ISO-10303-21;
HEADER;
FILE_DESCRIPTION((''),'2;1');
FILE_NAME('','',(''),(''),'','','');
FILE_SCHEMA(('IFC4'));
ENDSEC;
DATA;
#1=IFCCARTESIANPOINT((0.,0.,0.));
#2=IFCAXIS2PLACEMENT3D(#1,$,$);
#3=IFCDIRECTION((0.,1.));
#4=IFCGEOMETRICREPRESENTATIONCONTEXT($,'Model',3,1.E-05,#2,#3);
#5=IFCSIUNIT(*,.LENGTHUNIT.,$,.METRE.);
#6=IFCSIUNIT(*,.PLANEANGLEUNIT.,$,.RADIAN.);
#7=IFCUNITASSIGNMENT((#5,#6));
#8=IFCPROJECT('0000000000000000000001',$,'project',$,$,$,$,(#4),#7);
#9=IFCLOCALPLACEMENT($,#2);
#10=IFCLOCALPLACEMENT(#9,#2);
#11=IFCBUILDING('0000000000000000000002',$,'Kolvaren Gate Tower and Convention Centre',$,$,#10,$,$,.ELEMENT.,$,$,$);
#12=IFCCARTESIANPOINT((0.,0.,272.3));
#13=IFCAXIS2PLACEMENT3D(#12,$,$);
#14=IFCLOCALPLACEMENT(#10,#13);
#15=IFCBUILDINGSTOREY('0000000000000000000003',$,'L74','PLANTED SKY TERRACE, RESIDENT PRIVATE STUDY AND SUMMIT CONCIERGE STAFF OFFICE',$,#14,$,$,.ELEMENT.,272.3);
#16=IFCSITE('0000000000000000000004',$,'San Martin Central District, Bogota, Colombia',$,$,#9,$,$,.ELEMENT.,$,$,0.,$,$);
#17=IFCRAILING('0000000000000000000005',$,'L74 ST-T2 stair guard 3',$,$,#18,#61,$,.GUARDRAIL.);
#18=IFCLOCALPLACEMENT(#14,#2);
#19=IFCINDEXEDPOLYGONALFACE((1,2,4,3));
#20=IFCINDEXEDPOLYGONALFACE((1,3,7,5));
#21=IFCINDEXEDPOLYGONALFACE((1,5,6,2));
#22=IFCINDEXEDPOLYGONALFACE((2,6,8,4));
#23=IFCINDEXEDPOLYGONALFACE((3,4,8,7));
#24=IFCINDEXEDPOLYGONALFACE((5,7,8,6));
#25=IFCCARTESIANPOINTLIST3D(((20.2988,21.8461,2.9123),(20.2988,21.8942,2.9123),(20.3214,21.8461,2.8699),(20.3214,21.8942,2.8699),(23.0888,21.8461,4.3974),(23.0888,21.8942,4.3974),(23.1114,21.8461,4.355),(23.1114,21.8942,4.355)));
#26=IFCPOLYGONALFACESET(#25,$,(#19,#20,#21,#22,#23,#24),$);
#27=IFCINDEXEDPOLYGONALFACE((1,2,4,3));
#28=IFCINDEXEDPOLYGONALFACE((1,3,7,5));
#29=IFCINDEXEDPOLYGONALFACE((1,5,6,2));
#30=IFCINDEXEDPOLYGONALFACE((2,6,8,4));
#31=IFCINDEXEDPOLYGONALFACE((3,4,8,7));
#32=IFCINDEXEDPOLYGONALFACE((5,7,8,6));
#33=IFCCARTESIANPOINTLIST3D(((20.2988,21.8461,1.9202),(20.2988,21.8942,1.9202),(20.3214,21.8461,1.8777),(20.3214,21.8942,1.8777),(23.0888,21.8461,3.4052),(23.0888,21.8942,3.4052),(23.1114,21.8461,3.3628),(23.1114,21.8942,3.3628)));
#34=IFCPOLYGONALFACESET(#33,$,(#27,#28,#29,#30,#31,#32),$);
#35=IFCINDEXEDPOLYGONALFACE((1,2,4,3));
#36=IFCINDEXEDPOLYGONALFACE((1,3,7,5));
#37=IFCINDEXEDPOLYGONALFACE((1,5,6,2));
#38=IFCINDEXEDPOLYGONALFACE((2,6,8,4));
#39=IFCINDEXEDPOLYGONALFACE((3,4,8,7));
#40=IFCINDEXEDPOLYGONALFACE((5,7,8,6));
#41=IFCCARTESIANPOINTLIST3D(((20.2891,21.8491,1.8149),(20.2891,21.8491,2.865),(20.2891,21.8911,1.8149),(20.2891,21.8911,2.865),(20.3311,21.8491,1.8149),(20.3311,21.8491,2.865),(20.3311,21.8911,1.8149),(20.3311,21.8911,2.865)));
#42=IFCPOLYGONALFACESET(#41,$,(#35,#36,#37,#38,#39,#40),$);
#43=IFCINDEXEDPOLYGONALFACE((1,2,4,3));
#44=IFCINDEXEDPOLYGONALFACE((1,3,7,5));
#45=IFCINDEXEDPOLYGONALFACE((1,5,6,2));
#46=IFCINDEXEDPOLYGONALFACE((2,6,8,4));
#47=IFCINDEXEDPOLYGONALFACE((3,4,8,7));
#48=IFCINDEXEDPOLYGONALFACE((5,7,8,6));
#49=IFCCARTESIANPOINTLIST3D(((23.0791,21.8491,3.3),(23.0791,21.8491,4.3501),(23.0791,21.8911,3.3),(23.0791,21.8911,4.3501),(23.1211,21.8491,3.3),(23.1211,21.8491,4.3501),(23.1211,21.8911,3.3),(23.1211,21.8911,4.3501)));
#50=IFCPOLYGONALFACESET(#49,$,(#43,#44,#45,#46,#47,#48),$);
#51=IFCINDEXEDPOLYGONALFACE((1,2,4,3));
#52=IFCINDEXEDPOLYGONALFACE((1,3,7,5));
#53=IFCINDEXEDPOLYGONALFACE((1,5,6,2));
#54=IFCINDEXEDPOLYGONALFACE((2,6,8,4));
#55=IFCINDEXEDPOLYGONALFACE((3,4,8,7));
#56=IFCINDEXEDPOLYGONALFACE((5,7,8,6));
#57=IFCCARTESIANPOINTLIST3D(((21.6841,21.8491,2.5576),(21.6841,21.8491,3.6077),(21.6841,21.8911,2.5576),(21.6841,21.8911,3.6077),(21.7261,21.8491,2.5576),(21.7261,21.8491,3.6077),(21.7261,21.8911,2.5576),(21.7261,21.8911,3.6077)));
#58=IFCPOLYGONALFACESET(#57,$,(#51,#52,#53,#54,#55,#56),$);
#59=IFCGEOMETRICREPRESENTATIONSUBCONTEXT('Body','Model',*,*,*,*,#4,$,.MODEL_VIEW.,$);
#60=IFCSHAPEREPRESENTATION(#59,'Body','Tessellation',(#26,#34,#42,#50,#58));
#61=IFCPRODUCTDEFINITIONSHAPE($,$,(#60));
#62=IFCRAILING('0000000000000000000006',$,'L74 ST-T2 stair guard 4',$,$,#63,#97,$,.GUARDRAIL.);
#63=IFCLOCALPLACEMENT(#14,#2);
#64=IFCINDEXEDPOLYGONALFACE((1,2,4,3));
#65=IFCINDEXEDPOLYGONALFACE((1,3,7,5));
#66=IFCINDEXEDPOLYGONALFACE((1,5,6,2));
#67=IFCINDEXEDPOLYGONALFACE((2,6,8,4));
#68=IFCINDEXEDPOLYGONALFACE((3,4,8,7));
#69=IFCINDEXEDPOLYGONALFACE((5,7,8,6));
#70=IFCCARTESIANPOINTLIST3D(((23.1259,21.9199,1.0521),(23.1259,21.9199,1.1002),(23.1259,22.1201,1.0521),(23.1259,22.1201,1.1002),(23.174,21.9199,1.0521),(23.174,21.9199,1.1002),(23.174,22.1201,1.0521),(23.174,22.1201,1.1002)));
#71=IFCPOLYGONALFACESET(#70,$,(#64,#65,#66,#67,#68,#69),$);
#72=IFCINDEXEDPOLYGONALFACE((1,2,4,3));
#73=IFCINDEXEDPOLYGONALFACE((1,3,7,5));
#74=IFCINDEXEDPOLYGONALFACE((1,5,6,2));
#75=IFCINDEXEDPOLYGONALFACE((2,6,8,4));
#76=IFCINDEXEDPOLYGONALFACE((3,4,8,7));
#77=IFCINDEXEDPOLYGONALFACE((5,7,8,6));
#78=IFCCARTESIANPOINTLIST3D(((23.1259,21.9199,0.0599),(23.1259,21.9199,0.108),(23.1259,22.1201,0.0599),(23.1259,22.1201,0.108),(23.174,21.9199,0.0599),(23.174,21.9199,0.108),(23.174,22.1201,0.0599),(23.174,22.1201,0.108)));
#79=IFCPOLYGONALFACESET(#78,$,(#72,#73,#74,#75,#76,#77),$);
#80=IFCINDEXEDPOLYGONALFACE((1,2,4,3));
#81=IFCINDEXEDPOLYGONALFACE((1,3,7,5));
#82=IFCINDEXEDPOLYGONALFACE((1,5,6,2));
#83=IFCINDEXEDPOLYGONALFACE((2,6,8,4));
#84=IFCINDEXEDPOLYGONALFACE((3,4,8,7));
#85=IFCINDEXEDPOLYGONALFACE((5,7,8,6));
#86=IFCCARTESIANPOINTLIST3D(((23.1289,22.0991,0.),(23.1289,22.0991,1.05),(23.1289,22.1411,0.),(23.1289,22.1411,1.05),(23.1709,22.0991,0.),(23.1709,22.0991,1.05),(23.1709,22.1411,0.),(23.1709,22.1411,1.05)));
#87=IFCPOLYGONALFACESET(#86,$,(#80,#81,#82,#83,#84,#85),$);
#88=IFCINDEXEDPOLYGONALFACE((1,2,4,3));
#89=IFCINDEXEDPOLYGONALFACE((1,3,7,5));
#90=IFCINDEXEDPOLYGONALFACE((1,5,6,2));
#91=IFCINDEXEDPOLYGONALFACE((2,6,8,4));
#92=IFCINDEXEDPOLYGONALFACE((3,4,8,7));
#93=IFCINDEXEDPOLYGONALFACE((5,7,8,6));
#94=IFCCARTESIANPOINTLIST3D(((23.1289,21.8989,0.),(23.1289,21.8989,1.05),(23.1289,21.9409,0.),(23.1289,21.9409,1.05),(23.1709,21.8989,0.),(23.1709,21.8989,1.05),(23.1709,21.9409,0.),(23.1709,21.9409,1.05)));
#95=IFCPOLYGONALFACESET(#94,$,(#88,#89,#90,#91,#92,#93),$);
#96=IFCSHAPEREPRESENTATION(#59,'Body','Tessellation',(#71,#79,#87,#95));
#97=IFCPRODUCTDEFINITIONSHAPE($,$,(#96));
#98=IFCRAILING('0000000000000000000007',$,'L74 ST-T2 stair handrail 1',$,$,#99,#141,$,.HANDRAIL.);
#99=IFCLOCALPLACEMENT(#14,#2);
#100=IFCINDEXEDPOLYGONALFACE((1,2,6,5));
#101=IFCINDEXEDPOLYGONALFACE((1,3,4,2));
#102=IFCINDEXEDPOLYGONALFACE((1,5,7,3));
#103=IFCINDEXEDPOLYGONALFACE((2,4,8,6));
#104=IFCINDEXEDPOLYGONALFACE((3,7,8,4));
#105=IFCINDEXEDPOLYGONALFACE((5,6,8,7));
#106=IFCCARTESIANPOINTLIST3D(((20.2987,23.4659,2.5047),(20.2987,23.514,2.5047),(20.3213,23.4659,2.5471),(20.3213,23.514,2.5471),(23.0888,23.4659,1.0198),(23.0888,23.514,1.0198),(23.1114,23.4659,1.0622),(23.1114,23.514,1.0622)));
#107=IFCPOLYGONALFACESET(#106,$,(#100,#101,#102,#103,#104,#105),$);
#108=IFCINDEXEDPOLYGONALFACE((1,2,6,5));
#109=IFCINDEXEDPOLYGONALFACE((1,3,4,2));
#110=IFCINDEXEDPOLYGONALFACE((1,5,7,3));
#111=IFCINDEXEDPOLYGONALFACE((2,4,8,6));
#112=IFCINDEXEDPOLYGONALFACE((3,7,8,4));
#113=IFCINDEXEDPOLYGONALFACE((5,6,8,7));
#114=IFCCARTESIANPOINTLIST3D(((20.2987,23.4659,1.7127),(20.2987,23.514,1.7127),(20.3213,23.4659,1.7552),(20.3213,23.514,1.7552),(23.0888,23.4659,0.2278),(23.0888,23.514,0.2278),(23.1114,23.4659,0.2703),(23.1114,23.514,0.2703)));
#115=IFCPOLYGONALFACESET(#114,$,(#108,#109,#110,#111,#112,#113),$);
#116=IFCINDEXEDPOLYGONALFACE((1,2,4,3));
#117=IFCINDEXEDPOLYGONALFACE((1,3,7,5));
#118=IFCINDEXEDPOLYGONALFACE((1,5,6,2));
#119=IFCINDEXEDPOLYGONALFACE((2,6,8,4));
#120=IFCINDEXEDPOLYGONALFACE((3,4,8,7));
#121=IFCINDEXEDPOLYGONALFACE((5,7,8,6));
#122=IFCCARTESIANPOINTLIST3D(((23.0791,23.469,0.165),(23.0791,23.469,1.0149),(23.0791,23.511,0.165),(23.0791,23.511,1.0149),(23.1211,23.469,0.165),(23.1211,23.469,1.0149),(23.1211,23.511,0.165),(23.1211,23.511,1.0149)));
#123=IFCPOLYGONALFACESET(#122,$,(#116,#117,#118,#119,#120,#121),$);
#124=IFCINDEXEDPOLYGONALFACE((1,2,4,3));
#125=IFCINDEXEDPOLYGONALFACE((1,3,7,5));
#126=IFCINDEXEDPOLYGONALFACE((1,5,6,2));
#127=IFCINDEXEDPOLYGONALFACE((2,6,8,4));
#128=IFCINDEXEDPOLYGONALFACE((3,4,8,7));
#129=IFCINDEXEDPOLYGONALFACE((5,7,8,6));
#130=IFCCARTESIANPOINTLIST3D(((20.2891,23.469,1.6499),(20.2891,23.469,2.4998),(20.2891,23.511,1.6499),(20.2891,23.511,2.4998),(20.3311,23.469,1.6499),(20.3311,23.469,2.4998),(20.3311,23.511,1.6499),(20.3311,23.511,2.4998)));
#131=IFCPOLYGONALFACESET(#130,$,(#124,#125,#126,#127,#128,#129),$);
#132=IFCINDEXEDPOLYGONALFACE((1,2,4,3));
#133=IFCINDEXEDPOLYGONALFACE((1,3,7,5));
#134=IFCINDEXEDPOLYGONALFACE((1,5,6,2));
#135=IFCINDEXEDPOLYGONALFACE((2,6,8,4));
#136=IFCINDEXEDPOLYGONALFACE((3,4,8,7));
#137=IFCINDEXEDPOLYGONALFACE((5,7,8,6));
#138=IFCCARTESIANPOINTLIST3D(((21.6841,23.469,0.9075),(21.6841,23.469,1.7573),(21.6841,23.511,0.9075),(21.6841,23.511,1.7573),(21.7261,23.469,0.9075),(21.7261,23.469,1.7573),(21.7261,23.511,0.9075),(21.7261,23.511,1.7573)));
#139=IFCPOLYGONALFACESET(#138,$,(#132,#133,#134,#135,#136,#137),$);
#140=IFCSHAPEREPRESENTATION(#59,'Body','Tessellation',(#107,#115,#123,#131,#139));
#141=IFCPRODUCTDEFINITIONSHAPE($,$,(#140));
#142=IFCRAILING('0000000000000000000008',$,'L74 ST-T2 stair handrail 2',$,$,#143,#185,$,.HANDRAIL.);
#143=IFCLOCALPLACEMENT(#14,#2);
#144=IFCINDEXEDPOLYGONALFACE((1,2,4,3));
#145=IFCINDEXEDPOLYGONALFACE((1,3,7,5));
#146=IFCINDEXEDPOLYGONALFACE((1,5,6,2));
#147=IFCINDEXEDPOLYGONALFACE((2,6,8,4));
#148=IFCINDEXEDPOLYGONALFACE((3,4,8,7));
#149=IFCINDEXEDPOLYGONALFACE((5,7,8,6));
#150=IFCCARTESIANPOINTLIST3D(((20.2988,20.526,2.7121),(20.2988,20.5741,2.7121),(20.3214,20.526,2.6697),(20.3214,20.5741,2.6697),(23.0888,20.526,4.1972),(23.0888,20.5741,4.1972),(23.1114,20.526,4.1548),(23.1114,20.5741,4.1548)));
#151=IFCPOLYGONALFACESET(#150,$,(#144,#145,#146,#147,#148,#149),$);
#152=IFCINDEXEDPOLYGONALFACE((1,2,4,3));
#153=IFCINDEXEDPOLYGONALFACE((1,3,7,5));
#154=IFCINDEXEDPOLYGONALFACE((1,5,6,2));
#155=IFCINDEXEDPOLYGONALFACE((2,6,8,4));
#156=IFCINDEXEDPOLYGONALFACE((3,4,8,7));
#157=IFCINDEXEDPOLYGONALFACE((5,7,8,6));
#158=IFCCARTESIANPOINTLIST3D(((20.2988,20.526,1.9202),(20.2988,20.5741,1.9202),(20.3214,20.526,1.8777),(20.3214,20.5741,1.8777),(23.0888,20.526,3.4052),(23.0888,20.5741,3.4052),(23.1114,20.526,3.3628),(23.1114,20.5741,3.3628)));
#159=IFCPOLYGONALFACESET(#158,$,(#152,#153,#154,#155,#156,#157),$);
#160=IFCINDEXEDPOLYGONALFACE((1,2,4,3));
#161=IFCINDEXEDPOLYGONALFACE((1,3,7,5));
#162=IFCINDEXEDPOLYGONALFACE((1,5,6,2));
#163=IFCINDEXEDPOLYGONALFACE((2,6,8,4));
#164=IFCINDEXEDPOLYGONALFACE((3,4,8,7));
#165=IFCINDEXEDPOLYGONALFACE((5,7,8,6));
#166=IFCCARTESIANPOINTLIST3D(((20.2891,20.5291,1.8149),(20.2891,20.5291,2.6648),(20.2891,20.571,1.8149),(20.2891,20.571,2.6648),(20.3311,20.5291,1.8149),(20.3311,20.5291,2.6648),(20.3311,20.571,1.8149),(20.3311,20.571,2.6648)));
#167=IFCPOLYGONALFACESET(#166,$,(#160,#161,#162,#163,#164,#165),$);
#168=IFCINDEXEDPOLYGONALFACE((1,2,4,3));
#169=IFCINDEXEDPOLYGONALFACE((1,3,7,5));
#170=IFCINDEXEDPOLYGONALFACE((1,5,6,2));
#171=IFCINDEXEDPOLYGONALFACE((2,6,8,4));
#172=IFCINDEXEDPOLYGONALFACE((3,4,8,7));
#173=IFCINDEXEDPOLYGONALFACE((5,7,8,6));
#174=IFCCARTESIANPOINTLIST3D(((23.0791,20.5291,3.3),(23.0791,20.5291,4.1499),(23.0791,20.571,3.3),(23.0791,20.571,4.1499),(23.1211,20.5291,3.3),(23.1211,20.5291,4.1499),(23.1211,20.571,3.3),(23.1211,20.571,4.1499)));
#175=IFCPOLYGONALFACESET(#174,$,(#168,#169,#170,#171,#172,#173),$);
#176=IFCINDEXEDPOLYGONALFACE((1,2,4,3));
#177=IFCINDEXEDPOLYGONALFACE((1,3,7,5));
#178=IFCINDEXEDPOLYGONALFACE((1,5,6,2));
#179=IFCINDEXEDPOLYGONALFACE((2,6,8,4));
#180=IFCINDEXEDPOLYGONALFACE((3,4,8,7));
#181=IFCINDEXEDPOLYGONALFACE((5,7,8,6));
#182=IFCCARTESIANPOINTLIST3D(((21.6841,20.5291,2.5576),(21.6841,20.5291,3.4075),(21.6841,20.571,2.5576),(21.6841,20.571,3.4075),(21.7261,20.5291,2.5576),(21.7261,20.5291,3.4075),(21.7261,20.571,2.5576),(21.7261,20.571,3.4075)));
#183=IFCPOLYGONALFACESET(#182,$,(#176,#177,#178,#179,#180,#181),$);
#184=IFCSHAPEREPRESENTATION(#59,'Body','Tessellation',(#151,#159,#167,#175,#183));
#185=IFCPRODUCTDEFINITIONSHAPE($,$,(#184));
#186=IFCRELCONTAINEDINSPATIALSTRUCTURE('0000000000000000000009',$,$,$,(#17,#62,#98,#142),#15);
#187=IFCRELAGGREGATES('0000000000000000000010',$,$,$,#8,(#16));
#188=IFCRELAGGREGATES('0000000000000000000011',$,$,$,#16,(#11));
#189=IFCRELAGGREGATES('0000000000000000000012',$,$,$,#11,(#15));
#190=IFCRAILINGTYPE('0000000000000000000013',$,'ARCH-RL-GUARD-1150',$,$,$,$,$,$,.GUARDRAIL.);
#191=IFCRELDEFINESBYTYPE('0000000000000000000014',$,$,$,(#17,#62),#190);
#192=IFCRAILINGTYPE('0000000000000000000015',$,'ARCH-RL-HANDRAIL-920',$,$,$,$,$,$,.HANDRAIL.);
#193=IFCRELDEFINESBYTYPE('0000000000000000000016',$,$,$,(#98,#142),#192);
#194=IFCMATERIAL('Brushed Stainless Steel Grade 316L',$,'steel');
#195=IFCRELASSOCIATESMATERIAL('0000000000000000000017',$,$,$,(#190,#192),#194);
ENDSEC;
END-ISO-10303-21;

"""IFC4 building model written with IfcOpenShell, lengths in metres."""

from ifc_helpers import new_model, si_unit, direction, frame, origin, origin_2d, place, context, subcontext, project, spatial, rectangle, extrude, material, type_object, element, save


model = new_model("IFC4")

# Units and contexts
model_context = context("Model", 3, precision=1e-05, world=origin(), true_north=direction((0.0, 1.0)))
body_context = subcontext(model_context, "Body", "Model", "MODEL_VIEW")
ifc_project = project(units=[si_unit("LENGTHUNIT", "METRE"), si_unit("PLANEANGLEUNIT", "RADIAN")], contexts=[model_context])

# Site, building, storey
site_placement = place(None, origin())
site = spatial("IfcSite", under=ifc_project, at=site_placement, Name="San Martin Central District, Bogota, Colombia", CompositionType="ELEMENT", RefElevation=0.0)
building_placement = place(site_placement, origin())
building = spatial("IfcBuilding", under=site, at=building_placement, Name="Kolvaren Gate Tower and Convention Centre", CompositionType="ELEMENT")
storey_placement = place(building_placement, frame((0.0, 0.0, 272.3)))
storey = spatial("IfcBuildingStorey", under=building, at=storey_placement, Name="L74", Description="PLANTED SKY TERRACE, RESIDENT PRIVATE STUDY AND SUMMIT CONCIERGE STAFF OFFICE", CompositionType="ELEMENT", Elevation=272.3)

# Shared definitions
ifc_material_1 = material(Name="Brushed Stainless Steel Grade 316L", Category="steel")

# Railings
railing_type_1 = type_object("IfcRailingType", Name="ARCH-RL-GUARD-1150", PredefinedType="GUARDRAIL", material=ifc_material_1)
railing_1_placement = place(storey_placement, frame((20.3101, 21.8701, 1.8149)))
element("IfcRailing", 1, at=railing_1_placement, inside=storey, type_object=railing_type_1, Name="L74 ST-T2 stair guard 3", PredefinedType="GUARDRAIL", context=body_context, shape_type="SweptSolid", body=[
    extrude(rectangle(XDim=0.0481, YDim=0.0481, at=origin_2d()), frame((0.0, 0.0, 1.0762), z_axis=(0.882735, 0.0, 0.46987), x_axis=(0.0, 1.0, 0.0)), (0.0, 0.0, 1.0), 3.1606),
    extrude(rectangle(XDim=0.0481, YDim=0.0481, at=origin_2d()), frame((0.0, 0.0, 0.084), z_axis=(0.882735, 0.0, 0.46987), x_axis=(0.0, 1.0, 0.0)), (0.0, 0.0, 1.0), 3.1606),
    extrude(rectangle(XDim=0.042, YDim=0.042, at=origin_2d()), origin(), (0.0, 0.0, 1.0), 1.05),
    extrude(rectangle(XDim=0.042, YDim=0.042, at=origin_2d()), frame((2.79, 0.0, 1.4851)), (0.0, 0.0, 1.0), 1.05),
    extrude(rectangle(XDim=0.042, YDim=0.042, at=origin_2d()), frame((1.395, 0.0, 0.7427)), (0.0, 0.0, 1.0), 1.05),
])
railing_2_placement = place(storey_placement, frame((23.1499, 22.1201, 0.0)))
element("IfcRailing", 2, at=railing_2_placement, inside=storey, type_object=railing_type_1, Name="L74 ST-T2 stair guard 4", PredefinedType="GUARDRAIL", context=body_context, shape_type="SweptSolid", body=[
    extrude(rectangle(XDim=0.0481, YDim=0.0481, at=origin_2d()), frame((0.0, 0.0, 1.0762), z_axis=(0.0, -1.0, 0.0), x_axis=(1.0, 0.0, 0.0)), (0.0, 0.0, 1.0), 0.2002),
    extrude(rectangle(XDim=0.0481, YDim=0.0481, at=origin_2d()), frame((0.0, 0.0, 0.084), z_axis=(0.0, -1.0, 0.0), x_axis=(1.0, 0.0, 0.0)), (0.0, 0.0, 1.0), 0.2002),
    extrude(rectangle(XDim=0.042, YDim=0.042, at=origin_2d()), origin(), (0.0, 0.0, 1.0), 1.05),
    extrude(rectangle(XDim=0.042, YDim=0.042, at=origin_2d()), frame((0.0, -0.2002, 0.0)), (0.0, 0.0, 1.0), 1.05),
])
railing_type_2 = type_object("IfcRailingType", Name="ARCH-RL-HANDRAIL-920", PredefinedType="HANDRAIL", material=ifc_material_1)
railing_3_placement = place(storey_placement, frame((23.1001, 23.49, 0.165)))
element("IfcRailing", 3, at=railing_3_placement, inside=storey, type_object=railing_type_2, Name="L74 ST-T2 stair handrail 1", PredefinedType="HANDRAIL", context=body_context, shape_type="SweptSolid", body=[
    extrude(rectangle(XDim=0.0481, YDim=0.0481, at=origin_2d()), frame((0.0, 0.0, 0.876), z_axis=(-0.882767, 0.0, 0.46981), x_axis=(0.0, -1.0, 0.0)), (0.0, 0.0, 1.0), 3.1606),
    extrude(rectangle(XDim=0.0481, YDim=0.0481, at=origin_2d()), frame((0.0, 0.0, 0.084), z_axis=(-0.882767, 0.0, 0.46981), x_axis=(0.0, -1.0, 0.0)), (0.0, 0.0, 1.0), 3.1606),
    extrude(rectangle(XDim=0.042, YDim=0.042, at=origin_2d()), origin(), (0.0, 0.0, 1.0), 0.8499),
    extrude(rectangle(XDim=0.042, YDim=0.042, at=origin_2d()), frame((-2.79, 0.0, 1.4849)), (0.0, 0.0, 1.0), 0.8499),
    extrude(rectangle(XDim=0.042, YDim=0.042, at=origin_2d()), frame((-1.395, 0.0, 0.7424)), (0.0, 0.0, 1.0), 0.8499),
])
railing_4_placement = place(storey_placement, frame((20.3101, 20.55, 1.8149)))
element("IfcRailing", 4, at=railing_4_placement, inside=storey, type_object=railing_type_2, Name="L74 ST-T2 stair handrail 2", PredefinedType="HANDRAIL", context=body_context, shape_type="SweptSolid", body=[
    extrude(rectangle(XDim=0.0481, YDim=0.0481, at=origin_2d()), frame((0.0, 0.0, 0.876), z_axis=(0.882735, 0.0, 0.46987), x_axis=(0.0, 1.0, 0.0)), (0.0, 0.0, 1.0), 3.1606),
    extrude(rectangle(XDim=0.0481, YDim=0.0481, at=origin_2d()), frame((0.0, 0.0, 0.084), z_axis=(0.882735, 0.0, 0.46987), x_axis=(0.0, 1.0, 0.0)), (0.0, 0.0, 1.0), 3.1606),
    extrude(rectangle(XDim=0.042, YDim=0.042, at=origin_2d()), origin(), (0.0, 0.0, 1.0), 0.8499),
    extrude(rectangle(XDim=0.042, YDim=0.042, at=origin_2d()), frame((2.79, 0.0, 1.4851)), (0.0, 0.0, 1.0), 0.8499),
    extrude(rectangle(XDim=0.042, YDim=0.042, at=origin_2d()), frame((1.395, 0.0, 0.7427)), (0.0, 0.0, 1.0), 0.8499),
])

save(model, "model.ifc")
